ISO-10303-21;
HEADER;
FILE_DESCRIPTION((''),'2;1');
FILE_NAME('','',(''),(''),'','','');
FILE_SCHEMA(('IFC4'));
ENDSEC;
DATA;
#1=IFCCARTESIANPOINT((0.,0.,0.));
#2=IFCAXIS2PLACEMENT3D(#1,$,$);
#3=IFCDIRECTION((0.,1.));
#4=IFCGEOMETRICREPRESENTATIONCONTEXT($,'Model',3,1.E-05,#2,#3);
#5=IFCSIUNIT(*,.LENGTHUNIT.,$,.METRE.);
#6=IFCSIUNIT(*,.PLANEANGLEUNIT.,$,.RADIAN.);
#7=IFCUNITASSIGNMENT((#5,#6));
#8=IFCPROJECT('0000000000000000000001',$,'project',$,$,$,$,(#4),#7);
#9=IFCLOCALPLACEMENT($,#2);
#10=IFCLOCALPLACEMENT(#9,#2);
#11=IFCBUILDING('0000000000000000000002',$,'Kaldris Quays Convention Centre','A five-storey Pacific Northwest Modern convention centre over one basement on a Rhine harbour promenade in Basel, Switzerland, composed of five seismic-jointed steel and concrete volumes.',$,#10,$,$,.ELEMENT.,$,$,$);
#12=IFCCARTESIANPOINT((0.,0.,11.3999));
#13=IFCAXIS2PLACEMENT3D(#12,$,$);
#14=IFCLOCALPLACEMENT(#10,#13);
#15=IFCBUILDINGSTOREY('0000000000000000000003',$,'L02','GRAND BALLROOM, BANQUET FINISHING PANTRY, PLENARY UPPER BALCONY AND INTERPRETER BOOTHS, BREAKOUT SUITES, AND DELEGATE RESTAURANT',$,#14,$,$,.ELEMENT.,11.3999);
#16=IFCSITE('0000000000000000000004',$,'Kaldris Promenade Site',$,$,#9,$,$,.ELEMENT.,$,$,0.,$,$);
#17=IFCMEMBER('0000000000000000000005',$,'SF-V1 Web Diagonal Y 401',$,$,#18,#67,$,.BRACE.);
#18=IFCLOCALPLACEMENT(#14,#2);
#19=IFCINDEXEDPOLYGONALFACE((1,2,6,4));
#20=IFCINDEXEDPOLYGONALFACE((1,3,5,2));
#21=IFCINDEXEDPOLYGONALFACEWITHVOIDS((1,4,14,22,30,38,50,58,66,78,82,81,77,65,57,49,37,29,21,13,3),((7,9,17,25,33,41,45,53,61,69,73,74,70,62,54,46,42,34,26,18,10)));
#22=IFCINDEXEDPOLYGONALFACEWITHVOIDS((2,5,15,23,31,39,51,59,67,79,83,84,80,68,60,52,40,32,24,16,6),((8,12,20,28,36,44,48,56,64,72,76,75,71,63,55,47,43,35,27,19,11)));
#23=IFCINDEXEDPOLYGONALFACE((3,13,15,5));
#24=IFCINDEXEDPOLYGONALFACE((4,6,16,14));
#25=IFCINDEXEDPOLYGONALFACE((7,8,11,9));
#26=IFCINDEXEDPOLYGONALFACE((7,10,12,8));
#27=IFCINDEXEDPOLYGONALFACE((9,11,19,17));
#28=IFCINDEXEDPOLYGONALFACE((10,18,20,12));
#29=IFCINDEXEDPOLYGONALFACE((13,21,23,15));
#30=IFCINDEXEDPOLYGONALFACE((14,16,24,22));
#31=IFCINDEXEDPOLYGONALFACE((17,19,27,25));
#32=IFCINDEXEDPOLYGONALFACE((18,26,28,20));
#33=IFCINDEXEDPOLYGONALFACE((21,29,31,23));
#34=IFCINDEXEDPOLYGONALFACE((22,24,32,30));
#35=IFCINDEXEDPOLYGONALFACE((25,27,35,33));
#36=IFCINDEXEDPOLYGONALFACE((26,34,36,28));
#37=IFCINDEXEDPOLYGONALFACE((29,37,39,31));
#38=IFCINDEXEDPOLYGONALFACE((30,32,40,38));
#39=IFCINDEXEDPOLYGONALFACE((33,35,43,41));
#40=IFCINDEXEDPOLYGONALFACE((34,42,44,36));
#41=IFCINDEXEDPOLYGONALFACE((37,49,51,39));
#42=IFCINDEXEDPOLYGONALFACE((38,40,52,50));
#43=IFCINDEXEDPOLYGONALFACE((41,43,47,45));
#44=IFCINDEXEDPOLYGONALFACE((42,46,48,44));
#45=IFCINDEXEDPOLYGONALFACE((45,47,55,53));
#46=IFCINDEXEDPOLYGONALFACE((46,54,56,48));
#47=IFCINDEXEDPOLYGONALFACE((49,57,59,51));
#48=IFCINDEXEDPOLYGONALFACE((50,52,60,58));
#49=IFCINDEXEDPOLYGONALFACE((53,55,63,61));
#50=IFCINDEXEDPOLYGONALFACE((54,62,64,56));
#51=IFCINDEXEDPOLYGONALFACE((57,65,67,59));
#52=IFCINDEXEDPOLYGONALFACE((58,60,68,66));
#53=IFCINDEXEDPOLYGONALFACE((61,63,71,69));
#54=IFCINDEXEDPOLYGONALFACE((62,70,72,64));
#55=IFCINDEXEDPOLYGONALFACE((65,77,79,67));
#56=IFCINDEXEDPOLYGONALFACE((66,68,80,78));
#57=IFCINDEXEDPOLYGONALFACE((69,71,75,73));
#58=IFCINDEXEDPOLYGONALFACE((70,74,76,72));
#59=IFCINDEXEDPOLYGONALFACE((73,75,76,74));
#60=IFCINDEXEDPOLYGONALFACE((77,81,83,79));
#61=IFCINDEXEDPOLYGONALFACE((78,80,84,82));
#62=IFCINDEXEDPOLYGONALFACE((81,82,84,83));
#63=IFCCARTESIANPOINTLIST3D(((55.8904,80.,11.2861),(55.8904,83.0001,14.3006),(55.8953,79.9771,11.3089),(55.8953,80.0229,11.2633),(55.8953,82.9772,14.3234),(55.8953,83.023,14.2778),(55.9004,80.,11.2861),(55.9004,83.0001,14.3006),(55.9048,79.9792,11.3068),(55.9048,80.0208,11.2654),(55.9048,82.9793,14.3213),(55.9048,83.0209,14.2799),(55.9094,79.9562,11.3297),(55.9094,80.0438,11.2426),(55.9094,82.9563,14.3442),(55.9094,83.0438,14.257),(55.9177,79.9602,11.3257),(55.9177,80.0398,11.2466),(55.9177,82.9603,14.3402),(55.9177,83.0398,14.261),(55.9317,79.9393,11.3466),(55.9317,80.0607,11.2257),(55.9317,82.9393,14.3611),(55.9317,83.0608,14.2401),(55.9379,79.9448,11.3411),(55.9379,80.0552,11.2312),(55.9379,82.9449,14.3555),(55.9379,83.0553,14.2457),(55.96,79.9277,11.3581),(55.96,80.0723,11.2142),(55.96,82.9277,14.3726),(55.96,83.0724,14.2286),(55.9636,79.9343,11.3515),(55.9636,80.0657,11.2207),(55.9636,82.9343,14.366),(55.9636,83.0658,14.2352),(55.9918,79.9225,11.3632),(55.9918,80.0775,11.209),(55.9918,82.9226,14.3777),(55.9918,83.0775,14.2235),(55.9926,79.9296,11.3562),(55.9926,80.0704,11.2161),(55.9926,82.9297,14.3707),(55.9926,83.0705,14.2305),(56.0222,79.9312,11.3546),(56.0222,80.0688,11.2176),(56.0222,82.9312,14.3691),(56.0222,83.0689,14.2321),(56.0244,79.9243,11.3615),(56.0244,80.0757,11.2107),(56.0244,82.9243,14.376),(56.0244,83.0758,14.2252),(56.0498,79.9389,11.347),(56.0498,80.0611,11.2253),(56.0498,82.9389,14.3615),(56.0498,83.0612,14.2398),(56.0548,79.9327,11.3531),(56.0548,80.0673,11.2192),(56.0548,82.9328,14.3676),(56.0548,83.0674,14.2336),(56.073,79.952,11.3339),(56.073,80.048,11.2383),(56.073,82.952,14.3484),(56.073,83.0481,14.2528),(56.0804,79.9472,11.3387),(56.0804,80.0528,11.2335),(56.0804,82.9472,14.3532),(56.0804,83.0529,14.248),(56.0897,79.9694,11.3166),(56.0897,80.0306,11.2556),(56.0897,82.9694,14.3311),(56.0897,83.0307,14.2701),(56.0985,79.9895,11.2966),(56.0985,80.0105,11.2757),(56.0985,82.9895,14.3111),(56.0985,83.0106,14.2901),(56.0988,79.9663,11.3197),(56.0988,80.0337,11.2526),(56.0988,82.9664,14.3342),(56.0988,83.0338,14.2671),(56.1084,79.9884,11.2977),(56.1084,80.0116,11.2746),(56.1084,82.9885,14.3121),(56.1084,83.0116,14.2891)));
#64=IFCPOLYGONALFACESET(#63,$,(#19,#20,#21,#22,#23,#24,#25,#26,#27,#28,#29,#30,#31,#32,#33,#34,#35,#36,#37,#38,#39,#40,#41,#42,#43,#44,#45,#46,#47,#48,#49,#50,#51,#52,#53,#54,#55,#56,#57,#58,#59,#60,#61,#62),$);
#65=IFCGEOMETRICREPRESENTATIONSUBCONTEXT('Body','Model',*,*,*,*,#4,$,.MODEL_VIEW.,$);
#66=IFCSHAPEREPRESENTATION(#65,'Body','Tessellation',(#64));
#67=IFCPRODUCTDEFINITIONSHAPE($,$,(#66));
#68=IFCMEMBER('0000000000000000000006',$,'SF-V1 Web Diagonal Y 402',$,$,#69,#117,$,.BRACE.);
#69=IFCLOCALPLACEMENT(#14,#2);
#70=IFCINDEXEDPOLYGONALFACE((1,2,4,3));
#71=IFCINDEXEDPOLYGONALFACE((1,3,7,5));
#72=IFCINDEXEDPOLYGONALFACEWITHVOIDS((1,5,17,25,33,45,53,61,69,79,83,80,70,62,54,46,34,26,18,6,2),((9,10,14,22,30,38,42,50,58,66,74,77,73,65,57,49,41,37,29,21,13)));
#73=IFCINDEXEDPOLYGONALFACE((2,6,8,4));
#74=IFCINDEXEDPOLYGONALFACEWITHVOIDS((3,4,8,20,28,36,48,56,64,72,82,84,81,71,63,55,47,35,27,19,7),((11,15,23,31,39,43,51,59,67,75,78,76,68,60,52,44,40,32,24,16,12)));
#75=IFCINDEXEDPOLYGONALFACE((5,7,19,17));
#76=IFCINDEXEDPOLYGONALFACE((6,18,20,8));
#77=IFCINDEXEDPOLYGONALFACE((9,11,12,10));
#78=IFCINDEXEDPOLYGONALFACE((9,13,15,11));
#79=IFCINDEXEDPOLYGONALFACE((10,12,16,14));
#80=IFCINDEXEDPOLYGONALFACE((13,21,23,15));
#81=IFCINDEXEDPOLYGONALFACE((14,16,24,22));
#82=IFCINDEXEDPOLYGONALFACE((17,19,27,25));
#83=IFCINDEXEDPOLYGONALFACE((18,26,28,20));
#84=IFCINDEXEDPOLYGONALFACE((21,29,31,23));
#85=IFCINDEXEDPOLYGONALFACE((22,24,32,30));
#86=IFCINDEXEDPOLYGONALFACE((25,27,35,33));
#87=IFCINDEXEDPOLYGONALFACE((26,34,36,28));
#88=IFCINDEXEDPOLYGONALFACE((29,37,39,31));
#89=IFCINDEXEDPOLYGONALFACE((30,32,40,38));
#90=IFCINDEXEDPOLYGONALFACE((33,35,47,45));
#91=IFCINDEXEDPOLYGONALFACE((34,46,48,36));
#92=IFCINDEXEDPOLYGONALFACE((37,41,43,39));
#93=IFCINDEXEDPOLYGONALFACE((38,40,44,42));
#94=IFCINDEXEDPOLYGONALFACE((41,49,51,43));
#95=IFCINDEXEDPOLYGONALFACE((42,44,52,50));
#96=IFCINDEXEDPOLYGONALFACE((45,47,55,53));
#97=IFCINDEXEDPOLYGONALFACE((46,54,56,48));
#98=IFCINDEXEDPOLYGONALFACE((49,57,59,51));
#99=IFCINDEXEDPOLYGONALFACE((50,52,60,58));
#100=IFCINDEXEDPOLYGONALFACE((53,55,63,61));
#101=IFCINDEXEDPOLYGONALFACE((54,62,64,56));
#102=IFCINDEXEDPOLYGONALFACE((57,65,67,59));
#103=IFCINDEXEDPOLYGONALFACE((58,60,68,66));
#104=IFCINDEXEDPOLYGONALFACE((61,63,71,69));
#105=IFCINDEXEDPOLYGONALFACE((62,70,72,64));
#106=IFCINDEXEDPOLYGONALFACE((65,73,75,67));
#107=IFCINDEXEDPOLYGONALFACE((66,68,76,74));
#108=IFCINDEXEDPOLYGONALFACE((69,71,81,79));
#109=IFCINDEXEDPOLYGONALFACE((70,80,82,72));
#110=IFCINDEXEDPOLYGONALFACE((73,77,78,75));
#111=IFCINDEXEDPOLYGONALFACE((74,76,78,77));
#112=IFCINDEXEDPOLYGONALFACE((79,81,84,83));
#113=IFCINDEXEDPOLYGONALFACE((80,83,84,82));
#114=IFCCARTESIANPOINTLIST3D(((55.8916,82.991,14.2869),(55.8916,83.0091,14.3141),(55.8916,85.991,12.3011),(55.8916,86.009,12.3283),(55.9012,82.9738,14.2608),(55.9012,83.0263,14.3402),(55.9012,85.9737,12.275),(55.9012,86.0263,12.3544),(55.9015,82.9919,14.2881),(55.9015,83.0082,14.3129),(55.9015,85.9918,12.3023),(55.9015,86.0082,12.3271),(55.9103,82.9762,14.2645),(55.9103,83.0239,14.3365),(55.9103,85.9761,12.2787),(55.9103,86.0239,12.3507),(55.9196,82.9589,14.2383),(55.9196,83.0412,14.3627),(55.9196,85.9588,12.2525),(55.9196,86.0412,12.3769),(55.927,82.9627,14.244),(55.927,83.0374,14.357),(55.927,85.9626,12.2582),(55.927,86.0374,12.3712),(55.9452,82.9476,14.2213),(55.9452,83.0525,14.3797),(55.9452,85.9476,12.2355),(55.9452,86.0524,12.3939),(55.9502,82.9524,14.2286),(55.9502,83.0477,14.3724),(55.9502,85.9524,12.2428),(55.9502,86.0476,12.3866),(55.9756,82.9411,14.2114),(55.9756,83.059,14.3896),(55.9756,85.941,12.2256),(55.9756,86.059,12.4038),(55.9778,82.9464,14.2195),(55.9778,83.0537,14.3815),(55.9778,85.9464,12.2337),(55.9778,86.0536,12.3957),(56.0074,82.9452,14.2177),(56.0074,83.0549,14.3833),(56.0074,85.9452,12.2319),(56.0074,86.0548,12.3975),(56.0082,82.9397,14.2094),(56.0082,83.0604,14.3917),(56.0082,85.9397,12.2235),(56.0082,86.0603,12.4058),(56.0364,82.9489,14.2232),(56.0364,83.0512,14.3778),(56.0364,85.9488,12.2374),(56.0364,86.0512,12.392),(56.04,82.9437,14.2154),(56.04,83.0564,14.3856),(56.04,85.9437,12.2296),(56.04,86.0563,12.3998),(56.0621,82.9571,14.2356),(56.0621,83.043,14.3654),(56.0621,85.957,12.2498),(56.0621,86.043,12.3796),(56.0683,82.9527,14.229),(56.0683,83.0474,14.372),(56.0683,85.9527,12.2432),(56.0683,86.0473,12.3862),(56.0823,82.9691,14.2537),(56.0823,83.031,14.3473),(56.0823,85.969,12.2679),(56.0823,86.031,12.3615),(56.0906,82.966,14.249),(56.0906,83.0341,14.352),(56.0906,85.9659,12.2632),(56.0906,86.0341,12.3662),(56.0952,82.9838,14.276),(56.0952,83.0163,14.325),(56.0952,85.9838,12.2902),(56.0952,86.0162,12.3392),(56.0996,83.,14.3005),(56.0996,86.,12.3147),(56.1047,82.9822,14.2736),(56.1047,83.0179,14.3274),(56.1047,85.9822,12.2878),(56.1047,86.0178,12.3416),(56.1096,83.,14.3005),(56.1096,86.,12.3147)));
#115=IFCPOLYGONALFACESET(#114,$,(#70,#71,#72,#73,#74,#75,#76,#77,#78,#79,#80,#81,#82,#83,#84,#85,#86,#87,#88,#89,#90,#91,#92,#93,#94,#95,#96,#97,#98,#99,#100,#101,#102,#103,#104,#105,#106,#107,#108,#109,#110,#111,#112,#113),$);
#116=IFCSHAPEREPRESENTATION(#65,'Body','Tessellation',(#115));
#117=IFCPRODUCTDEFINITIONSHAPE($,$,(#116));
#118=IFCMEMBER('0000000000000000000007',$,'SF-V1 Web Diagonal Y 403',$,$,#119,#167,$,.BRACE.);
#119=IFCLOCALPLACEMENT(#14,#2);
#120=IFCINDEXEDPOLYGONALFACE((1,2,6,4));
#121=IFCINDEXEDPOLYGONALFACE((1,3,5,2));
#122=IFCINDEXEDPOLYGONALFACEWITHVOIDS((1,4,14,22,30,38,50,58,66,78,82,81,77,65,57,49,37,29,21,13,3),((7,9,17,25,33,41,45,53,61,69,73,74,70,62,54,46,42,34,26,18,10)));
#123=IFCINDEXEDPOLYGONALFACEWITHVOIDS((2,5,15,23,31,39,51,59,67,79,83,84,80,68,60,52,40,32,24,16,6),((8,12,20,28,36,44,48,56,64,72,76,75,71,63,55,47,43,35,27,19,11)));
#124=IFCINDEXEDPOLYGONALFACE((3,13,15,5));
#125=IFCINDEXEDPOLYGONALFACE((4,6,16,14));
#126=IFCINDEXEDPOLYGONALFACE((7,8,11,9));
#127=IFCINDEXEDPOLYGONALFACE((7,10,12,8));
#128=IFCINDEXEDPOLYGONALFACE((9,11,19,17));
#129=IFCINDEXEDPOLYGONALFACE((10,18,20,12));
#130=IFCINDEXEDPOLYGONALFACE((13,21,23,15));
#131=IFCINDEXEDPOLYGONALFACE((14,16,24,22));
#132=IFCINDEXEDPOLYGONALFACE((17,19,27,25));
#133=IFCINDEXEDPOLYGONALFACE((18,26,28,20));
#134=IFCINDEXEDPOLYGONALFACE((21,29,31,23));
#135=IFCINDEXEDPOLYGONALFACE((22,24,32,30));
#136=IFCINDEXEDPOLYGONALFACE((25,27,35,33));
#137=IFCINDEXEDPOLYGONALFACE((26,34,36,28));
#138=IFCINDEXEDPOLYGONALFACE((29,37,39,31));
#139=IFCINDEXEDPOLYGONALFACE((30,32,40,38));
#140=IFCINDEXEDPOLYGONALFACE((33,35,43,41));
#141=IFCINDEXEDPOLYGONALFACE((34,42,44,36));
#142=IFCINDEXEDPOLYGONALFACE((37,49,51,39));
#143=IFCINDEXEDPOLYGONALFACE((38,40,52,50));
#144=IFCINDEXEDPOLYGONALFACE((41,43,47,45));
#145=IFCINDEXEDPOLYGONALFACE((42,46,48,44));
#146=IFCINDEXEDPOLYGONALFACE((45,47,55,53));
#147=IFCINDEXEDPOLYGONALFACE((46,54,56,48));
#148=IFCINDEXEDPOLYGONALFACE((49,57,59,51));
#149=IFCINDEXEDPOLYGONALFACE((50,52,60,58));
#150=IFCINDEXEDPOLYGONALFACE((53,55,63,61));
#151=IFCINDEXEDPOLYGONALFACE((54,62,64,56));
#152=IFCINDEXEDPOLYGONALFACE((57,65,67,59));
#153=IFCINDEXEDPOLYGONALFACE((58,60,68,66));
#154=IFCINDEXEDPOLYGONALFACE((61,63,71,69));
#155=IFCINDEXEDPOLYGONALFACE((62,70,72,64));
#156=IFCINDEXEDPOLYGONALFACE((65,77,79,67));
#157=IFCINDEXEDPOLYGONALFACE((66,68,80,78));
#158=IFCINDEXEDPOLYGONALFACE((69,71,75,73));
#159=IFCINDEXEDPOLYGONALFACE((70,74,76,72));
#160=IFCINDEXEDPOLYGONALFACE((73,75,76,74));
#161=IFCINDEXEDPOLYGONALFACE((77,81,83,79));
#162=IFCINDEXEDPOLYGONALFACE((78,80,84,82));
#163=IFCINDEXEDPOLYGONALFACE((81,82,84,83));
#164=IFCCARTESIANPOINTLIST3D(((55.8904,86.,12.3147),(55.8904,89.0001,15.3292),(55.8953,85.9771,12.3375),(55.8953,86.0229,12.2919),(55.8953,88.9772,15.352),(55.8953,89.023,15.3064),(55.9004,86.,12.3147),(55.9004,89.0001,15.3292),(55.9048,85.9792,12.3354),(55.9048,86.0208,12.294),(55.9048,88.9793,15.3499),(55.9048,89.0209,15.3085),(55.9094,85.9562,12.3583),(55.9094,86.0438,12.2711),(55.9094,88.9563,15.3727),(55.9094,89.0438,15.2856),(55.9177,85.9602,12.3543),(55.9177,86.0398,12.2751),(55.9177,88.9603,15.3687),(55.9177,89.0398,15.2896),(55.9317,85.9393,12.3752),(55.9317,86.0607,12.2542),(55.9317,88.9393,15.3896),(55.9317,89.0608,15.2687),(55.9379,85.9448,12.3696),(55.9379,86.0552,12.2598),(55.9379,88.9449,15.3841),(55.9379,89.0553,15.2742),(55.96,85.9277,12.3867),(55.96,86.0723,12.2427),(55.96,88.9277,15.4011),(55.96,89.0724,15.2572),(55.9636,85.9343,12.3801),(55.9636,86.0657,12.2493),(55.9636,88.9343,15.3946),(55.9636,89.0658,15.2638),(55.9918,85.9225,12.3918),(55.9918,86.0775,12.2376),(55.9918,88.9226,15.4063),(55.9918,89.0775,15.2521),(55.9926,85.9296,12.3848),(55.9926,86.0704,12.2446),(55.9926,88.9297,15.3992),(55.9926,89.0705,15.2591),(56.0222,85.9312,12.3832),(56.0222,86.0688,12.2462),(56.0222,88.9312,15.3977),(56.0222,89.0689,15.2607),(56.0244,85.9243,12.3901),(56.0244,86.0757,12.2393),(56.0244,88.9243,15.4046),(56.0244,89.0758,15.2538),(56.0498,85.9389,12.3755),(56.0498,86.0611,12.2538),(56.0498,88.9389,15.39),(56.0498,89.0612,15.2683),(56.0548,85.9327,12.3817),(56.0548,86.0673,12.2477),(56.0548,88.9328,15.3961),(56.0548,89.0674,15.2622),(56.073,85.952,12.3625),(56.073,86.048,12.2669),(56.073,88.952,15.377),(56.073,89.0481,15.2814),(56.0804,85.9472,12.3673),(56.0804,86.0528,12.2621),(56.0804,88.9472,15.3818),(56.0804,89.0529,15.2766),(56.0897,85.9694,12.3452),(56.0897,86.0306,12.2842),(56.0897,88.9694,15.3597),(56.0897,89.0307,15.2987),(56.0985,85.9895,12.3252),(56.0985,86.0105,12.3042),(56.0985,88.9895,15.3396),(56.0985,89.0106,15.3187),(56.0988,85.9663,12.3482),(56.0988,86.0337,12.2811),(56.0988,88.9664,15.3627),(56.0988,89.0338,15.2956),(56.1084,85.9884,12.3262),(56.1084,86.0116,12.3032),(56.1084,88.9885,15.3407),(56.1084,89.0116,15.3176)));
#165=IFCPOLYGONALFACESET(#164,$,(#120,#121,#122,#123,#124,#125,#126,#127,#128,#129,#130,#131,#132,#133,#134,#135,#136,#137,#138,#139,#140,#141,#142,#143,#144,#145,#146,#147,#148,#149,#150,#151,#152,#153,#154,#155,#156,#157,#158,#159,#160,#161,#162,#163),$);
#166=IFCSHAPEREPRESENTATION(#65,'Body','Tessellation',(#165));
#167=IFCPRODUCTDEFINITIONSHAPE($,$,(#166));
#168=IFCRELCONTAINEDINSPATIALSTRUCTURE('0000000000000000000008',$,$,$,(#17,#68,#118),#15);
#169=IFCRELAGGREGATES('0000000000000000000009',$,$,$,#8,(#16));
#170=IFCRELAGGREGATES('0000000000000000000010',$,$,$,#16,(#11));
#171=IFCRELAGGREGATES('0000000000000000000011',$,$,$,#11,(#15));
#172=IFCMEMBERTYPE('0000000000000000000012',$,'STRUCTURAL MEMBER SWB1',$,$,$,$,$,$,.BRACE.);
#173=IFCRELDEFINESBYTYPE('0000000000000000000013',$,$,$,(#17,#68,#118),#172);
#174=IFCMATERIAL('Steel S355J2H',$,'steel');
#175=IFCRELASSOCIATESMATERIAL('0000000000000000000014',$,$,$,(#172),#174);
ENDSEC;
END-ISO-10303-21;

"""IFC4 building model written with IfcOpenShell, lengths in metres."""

from ifc_helpers import new_model, si_unit, direction, frame, origin, origin_2d, place, context, subcontext, project, spatial, hollow_circle, extrude, material, material_profile, profile_set, type_object, element, save


model = new_model("IFC4")

# Units and contexts
model_context = context("Model", 3, precision=1e-05, world=origin(), true_north=direction((0.0, 1.0)))
body_context = subcontext(model_context, "Body", "Model", "MODEL_VIEW")
ifc_project = project(units=[si_unit("LENGTHUNIT", "METRE"), si_unit("PLANEANGLEUNIT", "RADIAN")], contexts=[model_context])

# Site, building, storey
site_placement = place(None, origin())
site = spatial("IfcSite", under=ifc_project, at=site_placement, Name="Kaldris Promenade Site", CompositionType="ELEMENT", RefElevation=0.0)
building_placement = place(site_placement, origin())
building = spatial("IfcBuilding", under=site, at=building_placement, Name="Kaldris Quays Convention Centre", Description="A five-storey Pacific Northwest Modern convention centre over one basement on a Rhine harbour promenade in Basel, Switzerland, composed of five seismic-jointed steel and concrete volumes.", CompositionType="ELEMENT")
storey_placement = place(building_placement, frame((0.0, 0.0, 11.3999)))
storey = spatial("IfcBuildingStorey", under=building, at=storey_placement, Name="L02", Description="GRAND BALLROOM, BANQUET FINISHING PANTRY, PLENARY UPPER BALCONY AND INTERPRETER BOOTHS, BREAKOUT SUITES, AND DELEGATE RESTAURANT", CompositionType="ELEMENT", Elevation=11.3999)

# Members
ifc_material_1 = material(Name="Steel S355J2H", Category="steel")
ifc_material_profile_1 = material_profile(ifc_material_1, hollow_circle(Radius=0.1096, WallThickness=0.01, at=origin_2d()), Name="CHS 219.1x10")
ifc_profile_set_1 = profile_set([ifc_material_profile_1], Name="Steel S355J2H")
member_type_1 = type_object("IfcMemberType", Name="STRUCTURAL MEMBER SWB1", PredefinedType="BRACE", material=ifc_profile_set_1)
member_1_placement = place(storey_placement, frame((56.0, 80.0, 11.2861), z_axis=(0.0, 0.705411, 0.708798), x_axis=(-1.0, 0.0, 0.0)))
element("IfcMember", 1, at=member_1_placement, inside=storey, type_object=member_type_1, Name="SF-V1 Web Diagonal Y 401", PredefinedType="BRACE", context=body_context, shape_type="SweptSolid", body=[
    extrude(hollow_circle(Radius=0.1096, WallThickness=0.01, at=origin_2d()), origin(), (0.0, 0.0, 1.0), 4.2529),
])
member_2_placement = place(storey_placement, frame((56.0, 86.0, 12.3147), z_axis=(0.0, -0.833862, 0.551972), x_axis=(1.0, 0.0, 0.0)))
element("IfcMember", 2, at=member_2_placement, inside=storey, type_object=member_type_1, Name="SF-V1 Web Diagonal Y 402", PredefinedType="BRACE", context=body_context, shape_type="SweptSolid", body=[
    extrude(hollow_circle(Radius=0.1096, WallThickness=0.01, at=origin_2d()), origin(), (0.0, 0.0, 1.0), 3.5977),
])
member_3_placement = place(storey_placement, frame((56.0, 86.0, 12.3147), z_axis=(0.0, 0.705411, 0.708798), x_axis=(-1.0, 0.0, 0.0)))
element("IfcMember", 3, at=member_3_placement, inside=storey, type_object=member_type_1, Name="SF-V1 Web Diagonal Y 403", PredefinedType="BRACE", context=body_context, shape_type="SweptSolid", body=[
    extrude(hollow_circle(Radius=0.1096, WallThickness=0.01, at=origin_2d()), origin(), (0.0, 0.0, 1.0), 4.2529),
])

save(model, "model.ifc")
